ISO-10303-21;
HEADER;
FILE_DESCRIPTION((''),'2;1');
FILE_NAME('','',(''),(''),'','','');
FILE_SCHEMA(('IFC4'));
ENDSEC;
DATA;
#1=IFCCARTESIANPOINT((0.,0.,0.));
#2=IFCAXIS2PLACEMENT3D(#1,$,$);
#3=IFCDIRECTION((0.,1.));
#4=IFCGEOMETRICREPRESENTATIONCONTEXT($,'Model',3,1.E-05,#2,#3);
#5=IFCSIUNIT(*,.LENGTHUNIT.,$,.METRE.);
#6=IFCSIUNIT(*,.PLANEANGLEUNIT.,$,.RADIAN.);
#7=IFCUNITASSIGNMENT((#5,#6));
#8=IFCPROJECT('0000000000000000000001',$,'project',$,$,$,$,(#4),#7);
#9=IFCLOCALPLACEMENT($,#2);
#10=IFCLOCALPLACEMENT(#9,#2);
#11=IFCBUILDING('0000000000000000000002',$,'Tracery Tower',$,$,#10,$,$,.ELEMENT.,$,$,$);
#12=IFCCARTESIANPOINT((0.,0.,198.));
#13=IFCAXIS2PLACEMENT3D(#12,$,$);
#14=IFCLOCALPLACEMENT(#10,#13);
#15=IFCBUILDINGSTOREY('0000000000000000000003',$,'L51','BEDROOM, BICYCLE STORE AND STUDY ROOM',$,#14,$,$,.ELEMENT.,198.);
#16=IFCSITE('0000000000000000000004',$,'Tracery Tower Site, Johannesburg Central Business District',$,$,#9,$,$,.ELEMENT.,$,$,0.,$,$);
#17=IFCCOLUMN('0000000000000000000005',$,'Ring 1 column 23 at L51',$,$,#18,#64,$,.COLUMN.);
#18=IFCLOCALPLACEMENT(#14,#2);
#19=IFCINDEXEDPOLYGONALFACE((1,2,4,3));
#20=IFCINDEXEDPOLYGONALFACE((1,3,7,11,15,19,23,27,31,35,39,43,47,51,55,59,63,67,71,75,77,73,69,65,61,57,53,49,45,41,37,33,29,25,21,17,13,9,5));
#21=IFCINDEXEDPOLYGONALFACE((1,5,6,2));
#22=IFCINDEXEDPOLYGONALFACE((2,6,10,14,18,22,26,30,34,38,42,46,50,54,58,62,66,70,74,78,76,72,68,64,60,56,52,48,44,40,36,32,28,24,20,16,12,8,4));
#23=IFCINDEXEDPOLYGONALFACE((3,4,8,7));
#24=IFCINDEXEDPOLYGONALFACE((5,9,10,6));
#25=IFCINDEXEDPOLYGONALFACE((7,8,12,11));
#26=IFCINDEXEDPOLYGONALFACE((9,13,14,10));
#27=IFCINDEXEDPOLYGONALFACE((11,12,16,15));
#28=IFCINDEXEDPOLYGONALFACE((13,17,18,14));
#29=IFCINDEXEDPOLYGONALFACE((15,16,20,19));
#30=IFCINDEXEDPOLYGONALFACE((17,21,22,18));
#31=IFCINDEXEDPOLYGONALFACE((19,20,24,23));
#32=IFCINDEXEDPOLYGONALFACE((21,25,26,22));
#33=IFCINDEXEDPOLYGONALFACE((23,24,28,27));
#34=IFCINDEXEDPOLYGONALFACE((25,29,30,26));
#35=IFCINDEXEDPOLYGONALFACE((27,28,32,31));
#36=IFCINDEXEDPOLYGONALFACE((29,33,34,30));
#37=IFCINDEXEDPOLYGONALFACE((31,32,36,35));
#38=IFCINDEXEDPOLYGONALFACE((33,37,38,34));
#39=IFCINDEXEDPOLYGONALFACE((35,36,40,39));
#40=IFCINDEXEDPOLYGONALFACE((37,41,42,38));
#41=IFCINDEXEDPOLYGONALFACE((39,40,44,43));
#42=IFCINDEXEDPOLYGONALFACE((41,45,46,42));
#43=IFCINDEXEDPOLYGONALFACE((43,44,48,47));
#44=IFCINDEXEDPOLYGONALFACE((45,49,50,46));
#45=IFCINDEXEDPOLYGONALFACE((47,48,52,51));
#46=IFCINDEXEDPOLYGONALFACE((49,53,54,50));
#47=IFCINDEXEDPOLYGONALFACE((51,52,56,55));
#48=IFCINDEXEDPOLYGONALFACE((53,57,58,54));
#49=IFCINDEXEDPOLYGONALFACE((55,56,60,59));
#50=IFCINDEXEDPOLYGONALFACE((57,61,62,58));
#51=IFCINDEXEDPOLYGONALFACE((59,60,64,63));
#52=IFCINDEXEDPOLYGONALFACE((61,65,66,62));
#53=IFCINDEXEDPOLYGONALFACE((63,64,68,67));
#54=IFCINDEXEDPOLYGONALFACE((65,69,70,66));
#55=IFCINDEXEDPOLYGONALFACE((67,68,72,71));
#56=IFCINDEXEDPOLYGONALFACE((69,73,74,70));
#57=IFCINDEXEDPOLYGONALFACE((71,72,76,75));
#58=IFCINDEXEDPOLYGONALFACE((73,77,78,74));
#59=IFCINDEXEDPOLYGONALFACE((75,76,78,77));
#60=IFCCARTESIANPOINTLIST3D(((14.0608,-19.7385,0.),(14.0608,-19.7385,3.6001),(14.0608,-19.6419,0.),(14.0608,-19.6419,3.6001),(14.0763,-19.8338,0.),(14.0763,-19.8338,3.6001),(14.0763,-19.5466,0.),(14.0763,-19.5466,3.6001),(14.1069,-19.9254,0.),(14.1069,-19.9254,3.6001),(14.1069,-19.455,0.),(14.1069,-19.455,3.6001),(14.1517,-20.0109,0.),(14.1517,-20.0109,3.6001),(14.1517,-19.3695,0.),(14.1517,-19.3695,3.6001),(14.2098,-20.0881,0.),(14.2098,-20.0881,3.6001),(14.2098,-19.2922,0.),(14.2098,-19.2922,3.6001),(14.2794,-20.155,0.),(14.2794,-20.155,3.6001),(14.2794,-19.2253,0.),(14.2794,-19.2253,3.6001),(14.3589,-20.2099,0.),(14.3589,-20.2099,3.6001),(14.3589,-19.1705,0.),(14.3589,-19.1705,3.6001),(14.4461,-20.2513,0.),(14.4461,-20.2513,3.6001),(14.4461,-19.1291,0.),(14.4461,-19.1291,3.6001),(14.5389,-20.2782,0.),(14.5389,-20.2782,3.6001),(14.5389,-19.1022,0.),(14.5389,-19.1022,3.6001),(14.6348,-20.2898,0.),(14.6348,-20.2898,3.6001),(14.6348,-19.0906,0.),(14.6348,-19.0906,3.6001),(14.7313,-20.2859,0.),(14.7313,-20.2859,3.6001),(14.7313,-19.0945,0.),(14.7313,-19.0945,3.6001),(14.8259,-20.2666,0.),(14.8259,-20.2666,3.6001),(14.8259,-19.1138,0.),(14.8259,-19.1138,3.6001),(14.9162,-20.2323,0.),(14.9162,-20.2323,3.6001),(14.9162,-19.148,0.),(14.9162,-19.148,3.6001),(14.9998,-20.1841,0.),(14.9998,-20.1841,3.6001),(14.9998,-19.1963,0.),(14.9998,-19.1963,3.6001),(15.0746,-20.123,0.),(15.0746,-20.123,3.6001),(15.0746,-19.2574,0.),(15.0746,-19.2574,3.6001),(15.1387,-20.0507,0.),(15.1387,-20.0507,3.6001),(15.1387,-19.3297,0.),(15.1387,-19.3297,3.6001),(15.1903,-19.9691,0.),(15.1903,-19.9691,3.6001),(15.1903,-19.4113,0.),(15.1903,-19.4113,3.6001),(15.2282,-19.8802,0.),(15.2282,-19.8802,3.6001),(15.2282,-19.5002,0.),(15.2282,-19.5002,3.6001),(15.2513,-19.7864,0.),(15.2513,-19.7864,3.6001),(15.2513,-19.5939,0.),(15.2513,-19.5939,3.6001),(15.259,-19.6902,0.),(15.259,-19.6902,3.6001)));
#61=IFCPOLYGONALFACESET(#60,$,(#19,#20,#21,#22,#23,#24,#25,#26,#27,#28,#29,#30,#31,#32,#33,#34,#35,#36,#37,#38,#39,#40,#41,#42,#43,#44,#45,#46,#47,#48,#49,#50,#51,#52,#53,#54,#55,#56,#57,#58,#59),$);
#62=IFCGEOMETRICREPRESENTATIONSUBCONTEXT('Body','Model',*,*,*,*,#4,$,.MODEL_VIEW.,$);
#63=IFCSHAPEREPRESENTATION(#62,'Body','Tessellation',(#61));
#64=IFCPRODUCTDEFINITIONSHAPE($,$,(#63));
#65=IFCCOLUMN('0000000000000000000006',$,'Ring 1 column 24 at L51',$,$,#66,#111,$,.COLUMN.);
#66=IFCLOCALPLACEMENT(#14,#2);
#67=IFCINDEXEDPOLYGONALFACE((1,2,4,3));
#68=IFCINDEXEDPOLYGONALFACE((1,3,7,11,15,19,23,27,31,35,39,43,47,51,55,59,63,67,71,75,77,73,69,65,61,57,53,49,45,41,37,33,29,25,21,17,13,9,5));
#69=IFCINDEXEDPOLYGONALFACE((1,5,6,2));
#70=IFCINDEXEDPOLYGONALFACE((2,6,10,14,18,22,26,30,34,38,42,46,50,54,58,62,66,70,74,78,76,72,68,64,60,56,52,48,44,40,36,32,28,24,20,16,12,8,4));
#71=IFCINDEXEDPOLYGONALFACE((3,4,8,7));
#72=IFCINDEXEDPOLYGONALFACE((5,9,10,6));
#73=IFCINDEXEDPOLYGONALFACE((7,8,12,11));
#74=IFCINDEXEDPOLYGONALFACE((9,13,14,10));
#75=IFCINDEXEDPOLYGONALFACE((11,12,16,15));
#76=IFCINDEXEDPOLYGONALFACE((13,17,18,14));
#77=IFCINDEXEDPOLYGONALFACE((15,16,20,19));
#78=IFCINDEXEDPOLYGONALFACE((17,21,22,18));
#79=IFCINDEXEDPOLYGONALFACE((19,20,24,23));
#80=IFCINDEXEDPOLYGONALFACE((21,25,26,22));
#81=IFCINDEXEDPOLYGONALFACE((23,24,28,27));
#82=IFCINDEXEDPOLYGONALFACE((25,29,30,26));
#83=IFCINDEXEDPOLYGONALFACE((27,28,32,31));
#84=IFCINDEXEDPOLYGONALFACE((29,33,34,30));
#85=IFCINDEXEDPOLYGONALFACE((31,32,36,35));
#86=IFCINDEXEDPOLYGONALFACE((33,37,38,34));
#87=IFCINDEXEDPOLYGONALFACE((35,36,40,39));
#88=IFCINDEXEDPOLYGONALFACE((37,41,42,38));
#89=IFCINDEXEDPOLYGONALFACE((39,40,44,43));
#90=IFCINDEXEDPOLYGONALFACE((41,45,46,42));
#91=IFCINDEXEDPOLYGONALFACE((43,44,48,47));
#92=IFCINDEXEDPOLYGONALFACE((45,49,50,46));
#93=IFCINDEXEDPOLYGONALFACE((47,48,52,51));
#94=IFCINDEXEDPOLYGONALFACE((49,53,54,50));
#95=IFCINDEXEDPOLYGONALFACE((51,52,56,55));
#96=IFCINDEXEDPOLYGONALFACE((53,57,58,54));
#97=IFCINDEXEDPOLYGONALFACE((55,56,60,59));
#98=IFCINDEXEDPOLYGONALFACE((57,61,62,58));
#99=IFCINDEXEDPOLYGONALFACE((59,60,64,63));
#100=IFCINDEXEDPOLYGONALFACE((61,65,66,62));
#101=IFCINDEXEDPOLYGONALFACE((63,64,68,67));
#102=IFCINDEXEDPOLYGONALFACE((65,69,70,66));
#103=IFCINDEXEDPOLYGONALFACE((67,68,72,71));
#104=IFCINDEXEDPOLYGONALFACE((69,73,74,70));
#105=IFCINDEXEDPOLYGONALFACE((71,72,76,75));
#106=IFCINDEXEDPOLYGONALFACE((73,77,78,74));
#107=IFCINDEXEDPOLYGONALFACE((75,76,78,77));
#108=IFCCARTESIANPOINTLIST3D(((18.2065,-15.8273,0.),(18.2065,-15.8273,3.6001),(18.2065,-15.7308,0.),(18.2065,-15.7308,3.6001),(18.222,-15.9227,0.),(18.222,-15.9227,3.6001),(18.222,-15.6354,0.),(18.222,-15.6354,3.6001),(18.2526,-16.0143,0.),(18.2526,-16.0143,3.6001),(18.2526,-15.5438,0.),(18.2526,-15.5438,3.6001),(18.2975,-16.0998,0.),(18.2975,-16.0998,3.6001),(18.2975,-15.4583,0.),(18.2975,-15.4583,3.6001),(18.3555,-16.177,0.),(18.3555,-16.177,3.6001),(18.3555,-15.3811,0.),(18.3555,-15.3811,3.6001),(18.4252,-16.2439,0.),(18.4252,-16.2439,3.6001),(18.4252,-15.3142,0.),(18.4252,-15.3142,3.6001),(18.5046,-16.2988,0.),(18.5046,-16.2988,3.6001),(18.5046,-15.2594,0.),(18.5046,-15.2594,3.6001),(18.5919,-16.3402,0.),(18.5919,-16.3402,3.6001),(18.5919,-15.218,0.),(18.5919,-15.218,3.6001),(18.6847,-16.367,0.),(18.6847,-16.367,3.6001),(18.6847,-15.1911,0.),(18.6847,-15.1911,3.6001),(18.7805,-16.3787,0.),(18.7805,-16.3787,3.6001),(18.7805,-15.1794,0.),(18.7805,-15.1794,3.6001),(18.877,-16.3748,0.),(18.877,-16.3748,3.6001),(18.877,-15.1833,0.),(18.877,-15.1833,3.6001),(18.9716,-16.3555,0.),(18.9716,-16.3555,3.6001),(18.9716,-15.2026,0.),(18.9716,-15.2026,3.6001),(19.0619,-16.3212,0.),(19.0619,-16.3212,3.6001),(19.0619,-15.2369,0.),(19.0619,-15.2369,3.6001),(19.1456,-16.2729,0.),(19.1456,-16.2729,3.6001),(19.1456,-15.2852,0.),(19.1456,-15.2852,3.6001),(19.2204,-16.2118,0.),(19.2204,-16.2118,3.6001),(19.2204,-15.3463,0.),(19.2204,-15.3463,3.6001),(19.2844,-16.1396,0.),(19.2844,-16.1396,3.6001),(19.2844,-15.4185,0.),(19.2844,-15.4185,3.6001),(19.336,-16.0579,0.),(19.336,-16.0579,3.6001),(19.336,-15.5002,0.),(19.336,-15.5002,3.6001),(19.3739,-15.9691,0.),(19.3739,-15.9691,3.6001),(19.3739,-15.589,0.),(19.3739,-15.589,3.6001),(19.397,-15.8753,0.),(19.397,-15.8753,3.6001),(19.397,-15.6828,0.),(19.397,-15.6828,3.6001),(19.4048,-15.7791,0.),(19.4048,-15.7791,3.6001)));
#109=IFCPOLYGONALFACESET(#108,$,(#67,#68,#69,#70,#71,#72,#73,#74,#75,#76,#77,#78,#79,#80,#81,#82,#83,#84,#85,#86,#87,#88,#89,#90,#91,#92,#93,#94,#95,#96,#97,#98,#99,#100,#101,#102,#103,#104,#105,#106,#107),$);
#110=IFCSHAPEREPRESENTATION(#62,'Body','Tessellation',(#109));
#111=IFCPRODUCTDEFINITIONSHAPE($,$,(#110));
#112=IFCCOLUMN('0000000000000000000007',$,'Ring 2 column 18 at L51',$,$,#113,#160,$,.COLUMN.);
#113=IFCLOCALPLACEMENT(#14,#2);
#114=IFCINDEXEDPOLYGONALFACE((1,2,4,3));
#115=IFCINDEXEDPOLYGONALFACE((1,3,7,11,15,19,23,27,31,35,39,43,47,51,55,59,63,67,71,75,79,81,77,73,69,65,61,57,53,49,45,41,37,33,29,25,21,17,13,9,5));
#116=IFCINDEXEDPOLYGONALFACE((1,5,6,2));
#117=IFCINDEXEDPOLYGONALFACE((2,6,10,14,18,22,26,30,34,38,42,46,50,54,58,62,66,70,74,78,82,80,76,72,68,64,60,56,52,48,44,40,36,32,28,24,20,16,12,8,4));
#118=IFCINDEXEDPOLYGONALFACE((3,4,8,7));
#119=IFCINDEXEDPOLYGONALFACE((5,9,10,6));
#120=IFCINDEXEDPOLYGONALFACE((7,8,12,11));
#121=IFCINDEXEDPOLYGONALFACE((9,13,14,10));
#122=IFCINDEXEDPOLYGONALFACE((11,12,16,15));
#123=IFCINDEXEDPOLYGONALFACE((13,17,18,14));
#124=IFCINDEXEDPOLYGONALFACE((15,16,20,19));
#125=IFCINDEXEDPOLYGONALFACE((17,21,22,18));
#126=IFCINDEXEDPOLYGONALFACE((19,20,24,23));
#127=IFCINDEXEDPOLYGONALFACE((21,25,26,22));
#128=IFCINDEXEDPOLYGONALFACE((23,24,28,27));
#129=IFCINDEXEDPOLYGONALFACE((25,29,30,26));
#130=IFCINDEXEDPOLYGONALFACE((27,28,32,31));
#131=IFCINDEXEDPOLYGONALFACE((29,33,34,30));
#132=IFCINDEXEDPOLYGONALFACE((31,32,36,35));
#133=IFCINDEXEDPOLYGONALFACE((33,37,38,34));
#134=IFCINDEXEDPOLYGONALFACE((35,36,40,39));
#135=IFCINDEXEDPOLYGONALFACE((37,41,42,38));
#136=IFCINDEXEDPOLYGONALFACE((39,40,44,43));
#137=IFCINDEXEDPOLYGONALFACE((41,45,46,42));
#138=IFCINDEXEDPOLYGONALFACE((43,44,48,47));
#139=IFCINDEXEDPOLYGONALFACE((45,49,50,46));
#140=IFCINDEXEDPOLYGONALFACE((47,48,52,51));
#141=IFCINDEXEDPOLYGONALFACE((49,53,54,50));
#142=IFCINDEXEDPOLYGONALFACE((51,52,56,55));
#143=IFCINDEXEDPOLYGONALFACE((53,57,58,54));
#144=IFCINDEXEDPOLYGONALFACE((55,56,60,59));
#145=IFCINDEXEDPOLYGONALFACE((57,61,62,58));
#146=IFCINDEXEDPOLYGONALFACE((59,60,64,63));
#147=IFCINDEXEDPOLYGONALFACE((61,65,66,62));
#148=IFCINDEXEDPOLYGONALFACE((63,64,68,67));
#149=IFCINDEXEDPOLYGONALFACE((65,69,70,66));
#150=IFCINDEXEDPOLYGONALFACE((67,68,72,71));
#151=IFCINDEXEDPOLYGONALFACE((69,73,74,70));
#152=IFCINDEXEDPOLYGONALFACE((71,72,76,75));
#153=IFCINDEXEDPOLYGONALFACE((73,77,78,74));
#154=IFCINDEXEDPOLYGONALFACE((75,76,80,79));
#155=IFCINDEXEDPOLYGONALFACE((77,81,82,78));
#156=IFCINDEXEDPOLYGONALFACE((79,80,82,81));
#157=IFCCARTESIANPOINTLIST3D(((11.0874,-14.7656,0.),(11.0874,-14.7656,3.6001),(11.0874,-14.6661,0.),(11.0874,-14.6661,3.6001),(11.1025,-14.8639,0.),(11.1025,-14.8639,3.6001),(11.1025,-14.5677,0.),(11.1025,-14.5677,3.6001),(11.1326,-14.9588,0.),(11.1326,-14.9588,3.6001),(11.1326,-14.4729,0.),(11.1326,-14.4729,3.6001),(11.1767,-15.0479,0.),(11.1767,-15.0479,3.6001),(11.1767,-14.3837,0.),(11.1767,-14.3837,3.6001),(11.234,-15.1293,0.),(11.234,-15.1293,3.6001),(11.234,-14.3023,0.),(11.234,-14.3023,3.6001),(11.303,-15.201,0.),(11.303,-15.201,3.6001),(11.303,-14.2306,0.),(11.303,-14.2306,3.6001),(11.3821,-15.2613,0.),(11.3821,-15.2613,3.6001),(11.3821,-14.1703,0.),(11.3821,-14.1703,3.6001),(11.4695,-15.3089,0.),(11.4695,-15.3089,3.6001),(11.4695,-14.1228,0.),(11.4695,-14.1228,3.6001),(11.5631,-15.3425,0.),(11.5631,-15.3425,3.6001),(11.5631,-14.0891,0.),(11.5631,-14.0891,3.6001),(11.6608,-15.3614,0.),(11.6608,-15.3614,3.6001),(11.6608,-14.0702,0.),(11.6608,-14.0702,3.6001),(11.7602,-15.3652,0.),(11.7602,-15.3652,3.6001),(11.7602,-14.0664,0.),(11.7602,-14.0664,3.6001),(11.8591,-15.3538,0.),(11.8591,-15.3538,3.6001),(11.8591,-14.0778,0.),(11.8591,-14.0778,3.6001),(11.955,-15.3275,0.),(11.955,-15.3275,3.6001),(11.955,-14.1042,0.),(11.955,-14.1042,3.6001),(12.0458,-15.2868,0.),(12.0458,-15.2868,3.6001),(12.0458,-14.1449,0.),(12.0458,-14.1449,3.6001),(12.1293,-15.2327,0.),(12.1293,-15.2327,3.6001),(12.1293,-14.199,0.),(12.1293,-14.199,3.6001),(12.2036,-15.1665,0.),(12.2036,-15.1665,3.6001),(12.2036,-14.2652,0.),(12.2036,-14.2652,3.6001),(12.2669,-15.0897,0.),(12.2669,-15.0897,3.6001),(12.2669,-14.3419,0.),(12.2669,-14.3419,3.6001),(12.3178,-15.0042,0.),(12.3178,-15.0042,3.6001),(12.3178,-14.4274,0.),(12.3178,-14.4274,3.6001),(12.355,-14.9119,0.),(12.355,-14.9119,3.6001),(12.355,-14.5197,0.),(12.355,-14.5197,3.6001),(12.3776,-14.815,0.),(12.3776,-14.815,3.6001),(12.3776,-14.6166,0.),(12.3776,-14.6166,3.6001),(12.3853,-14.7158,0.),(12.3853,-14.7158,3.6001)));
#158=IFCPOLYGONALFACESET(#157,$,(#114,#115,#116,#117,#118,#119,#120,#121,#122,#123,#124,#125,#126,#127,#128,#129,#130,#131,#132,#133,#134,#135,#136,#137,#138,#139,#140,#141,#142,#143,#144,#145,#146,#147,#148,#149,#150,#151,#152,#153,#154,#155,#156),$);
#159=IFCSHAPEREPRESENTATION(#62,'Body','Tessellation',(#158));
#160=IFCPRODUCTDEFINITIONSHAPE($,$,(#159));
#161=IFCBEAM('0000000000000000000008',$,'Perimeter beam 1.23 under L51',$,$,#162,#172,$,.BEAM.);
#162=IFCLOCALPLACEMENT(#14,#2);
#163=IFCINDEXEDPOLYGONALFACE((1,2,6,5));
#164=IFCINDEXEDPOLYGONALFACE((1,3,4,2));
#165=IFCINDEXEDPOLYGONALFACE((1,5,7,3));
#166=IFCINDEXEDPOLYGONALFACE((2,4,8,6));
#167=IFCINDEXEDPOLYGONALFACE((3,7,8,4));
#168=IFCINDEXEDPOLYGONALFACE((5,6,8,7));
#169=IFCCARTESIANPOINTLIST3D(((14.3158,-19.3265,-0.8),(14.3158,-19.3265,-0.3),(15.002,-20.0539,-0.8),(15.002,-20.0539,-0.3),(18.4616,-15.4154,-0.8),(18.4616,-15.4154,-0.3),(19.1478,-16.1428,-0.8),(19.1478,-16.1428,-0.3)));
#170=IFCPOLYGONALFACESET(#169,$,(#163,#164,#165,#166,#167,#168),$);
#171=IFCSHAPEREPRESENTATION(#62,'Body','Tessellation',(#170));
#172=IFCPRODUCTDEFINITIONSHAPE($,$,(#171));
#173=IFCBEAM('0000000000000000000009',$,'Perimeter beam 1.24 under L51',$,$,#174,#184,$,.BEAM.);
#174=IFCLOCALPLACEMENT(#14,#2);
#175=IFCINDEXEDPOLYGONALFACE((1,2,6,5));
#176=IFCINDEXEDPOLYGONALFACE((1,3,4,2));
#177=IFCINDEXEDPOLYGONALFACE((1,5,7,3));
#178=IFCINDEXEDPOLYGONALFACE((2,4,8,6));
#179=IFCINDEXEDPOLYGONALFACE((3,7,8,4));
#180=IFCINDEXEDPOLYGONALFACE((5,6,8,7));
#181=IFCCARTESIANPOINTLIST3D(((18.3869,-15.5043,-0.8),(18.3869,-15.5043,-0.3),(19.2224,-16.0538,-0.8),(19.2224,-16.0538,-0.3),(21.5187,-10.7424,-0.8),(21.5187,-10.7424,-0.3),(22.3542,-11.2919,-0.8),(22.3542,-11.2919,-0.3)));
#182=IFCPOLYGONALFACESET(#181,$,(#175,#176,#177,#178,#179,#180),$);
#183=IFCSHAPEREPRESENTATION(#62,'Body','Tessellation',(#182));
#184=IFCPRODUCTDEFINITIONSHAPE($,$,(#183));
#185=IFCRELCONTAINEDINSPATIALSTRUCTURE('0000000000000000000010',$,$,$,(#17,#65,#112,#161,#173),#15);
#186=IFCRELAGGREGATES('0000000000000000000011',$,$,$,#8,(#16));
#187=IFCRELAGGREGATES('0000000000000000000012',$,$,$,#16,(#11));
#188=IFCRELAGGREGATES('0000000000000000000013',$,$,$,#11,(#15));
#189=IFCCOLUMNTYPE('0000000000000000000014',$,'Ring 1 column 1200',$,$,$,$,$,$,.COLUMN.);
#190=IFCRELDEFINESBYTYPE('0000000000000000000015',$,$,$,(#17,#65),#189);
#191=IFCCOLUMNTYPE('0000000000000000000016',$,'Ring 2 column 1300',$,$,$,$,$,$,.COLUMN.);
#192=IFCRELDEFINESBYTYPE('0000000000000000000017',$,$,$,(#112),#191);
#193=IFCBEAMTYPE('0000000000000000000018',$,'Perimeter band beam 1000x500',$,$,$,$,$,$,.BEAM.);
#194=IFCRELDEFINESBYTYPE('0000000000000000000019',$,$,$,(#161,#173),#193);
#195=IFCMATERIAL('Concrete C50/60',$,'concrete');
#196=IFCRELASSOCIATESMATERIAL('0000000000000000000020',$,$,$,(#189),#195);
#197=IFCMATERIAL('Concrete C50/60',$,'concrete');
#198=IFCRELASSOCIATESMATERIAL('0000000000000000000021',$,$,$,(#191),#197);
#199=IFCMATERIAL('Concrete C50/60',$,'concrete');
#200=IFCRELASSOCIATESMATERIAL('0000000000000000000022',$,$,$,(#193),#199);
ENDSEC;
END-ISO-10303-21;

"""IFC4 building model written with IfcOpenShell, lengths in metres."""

from ifc_helpers import new_model, si_unit, direction, frame, origin, origin_2d, place, context, subcontext, project, spatial, rectangle, circle, extrude, material, material_profile, profile_set, type_object, element, save


model = new_model("IFC4")

# Units and contexts
model_context = context("Model", 3, precision=1e-05, world=origin(), true_north=direction((0.0, 1.0)))
body_context = subcontext(model_context, "Body", "Model", "MODEL_VIEW")
ifc_project = project(units=[si_unit("LENGTHUNIT", "METRE"), si_unit("PLANEANGLEUNIT", "RADIAN")], contexts=[model_context])

# Site, building, storey
site_placement = place(None, origin())
site = spatial("IfcSite", under=ifc_project, at=site_placement, Name="Tracery Tower Site, Johannesburg Central Business District", CompositionType="ELEMENT", RefElevation=0.0)
building_placement = place(site_placement, origin())
building = spatial("IfcBuilding", under=site, at=building_placement, Name="Tracery Tower", CompositionType="ELEMENT")
storey_placement = place(building_placement, frame((0.0, 0.0, 198.0)))
storey = spatial("IfcBuildingStorey", under=building, at=storey_placement, Name="L51", Description="BEDROOM, BICYCLE STORE AND STUDY ROOM", CompositionType="ELEMENT", Elevation=198.0)

# Columns
ifc_material_1 = material(Name="Concrete C50/60", Category="concrete")
ifc_material_profile_1 = material_profile(ifc_material_1, circle(Radius=0.6001, at=origin_2d()), Name="RC D1200")
ifc_profile_set_1 = profile_set([ifc_material_profile_1], Name="Concrete C50/60")
column_type_1 = type_object("IfcColumnType", Name="Ring 1 column 1200", PredefinedType="COLUMN", material=ifc_profile_set_1)
for number, where, z_axis, x_axis, name in (
    (1, (14.6589, -19.6902, 0.0), (0.0, 0.0, 1.0), (1.0, 0.0, 0.0), "Ring 1 column 23 at L51"),
    (2, (18.8047, -15.7791, 0.0), (0.0, 0.0, 1.0), (1.0, 0.0, 0.0), "Ring 1 column 24 at L51"),
):
    element("IfcColumn", number, at=place(storey_placement, frame(where, z_axis=z_axis, x_axis=x_axis)), inside=storey, type_object=column_type_1, Name=name, PredefinedType="COLUMN", context=body_context, shape_type="SweptSolid", body=[
        extrude(circle(Radius=0.6001, at=origin_2d()), origin(), (0.0, 0.0, 1.0), 3.6001),
    ])
ifc_material_2 = material(Name="Concrete C50/60", Category="concrete")
ifc_material_profile_2 = material_profile(ifc_material_2, circle(Radius=0.6499, at=origin_2d()), Name="RC D1300")
ifc_profile_set_2 = profile_set([ifc_material_profile_2], Name="Concrete C50/60")
column_type_2 = type_object("IfcColumnType", Name="Ring 2 column 1300", PredefinedType="COLUMN", material=ifc_profile_set_2)
column_placement = place(storey_placement, frame((11.7354, -14.7158, 0.0), z_axis=(0.0, 0.0, 1.0), x_axis=(1.0, 0.0, 0.0)))
element("IfcColumn", 3, at=column_placement, inside=storey, type_object=column_type_2, Name="Ring 2 column 18 at L51", PredefinedType="COLUMN", context=body_context, shape_type="SweptSolid", body=[
    extrude(circle(Radius=0.6499, at=origin_2d()), origin(), (0.0, 0.0, 1.0), 3.6001),
])

# Beams
ifc_material_3 = material(Name="Concrete C50/60", Category="concrete")
ifc_material_profile_3 = material_profile(ifc_material_3, rectangle(XDim=1.0, YDim=0.5, at=origin_2d()), Name="RC 1000x500")
ifc_profile_set_3 = profile_set([ifc_material_profile_3], Name="Concrete C50/60")
beam_type = type_object("IfcBeamType", Name="Perimeter band beam 1000x500", PredefinedType="BEAM", material=ifc_profile_set_3)
for number, where, z_axis, x_axis, name in (
    (4, (14.6589, -19.6902, -0.55), (0.72739, 0.686225, 0.0), (-0.686225, 0.72739, 0.0), "Perimeter beam 1.23 under L51"),
    (5, (18.8047, -15.7791, -0.55), (0.54949, 0.8355, 0.0), (-0.8355, 0.54949, 0.0), "Perimeter beam 1.24 under L51"),
):
    element("IfcBeam", number, at=place(storey_placement, frame(where, z_axis=z_axis, x_axis=x_axis)), inside=storey, type_object=beam_type, Name=name, PredefinedType="BEAM", context=body_context, shape_type="SweptSolid", body=[
        extrude(rectangle(XDim=1.0, YDim=0.5, at=origin_2d()), origin(), (0.0, 0.0, 1.0), 5.6995),
    ])

save(model, "model.ifc")
